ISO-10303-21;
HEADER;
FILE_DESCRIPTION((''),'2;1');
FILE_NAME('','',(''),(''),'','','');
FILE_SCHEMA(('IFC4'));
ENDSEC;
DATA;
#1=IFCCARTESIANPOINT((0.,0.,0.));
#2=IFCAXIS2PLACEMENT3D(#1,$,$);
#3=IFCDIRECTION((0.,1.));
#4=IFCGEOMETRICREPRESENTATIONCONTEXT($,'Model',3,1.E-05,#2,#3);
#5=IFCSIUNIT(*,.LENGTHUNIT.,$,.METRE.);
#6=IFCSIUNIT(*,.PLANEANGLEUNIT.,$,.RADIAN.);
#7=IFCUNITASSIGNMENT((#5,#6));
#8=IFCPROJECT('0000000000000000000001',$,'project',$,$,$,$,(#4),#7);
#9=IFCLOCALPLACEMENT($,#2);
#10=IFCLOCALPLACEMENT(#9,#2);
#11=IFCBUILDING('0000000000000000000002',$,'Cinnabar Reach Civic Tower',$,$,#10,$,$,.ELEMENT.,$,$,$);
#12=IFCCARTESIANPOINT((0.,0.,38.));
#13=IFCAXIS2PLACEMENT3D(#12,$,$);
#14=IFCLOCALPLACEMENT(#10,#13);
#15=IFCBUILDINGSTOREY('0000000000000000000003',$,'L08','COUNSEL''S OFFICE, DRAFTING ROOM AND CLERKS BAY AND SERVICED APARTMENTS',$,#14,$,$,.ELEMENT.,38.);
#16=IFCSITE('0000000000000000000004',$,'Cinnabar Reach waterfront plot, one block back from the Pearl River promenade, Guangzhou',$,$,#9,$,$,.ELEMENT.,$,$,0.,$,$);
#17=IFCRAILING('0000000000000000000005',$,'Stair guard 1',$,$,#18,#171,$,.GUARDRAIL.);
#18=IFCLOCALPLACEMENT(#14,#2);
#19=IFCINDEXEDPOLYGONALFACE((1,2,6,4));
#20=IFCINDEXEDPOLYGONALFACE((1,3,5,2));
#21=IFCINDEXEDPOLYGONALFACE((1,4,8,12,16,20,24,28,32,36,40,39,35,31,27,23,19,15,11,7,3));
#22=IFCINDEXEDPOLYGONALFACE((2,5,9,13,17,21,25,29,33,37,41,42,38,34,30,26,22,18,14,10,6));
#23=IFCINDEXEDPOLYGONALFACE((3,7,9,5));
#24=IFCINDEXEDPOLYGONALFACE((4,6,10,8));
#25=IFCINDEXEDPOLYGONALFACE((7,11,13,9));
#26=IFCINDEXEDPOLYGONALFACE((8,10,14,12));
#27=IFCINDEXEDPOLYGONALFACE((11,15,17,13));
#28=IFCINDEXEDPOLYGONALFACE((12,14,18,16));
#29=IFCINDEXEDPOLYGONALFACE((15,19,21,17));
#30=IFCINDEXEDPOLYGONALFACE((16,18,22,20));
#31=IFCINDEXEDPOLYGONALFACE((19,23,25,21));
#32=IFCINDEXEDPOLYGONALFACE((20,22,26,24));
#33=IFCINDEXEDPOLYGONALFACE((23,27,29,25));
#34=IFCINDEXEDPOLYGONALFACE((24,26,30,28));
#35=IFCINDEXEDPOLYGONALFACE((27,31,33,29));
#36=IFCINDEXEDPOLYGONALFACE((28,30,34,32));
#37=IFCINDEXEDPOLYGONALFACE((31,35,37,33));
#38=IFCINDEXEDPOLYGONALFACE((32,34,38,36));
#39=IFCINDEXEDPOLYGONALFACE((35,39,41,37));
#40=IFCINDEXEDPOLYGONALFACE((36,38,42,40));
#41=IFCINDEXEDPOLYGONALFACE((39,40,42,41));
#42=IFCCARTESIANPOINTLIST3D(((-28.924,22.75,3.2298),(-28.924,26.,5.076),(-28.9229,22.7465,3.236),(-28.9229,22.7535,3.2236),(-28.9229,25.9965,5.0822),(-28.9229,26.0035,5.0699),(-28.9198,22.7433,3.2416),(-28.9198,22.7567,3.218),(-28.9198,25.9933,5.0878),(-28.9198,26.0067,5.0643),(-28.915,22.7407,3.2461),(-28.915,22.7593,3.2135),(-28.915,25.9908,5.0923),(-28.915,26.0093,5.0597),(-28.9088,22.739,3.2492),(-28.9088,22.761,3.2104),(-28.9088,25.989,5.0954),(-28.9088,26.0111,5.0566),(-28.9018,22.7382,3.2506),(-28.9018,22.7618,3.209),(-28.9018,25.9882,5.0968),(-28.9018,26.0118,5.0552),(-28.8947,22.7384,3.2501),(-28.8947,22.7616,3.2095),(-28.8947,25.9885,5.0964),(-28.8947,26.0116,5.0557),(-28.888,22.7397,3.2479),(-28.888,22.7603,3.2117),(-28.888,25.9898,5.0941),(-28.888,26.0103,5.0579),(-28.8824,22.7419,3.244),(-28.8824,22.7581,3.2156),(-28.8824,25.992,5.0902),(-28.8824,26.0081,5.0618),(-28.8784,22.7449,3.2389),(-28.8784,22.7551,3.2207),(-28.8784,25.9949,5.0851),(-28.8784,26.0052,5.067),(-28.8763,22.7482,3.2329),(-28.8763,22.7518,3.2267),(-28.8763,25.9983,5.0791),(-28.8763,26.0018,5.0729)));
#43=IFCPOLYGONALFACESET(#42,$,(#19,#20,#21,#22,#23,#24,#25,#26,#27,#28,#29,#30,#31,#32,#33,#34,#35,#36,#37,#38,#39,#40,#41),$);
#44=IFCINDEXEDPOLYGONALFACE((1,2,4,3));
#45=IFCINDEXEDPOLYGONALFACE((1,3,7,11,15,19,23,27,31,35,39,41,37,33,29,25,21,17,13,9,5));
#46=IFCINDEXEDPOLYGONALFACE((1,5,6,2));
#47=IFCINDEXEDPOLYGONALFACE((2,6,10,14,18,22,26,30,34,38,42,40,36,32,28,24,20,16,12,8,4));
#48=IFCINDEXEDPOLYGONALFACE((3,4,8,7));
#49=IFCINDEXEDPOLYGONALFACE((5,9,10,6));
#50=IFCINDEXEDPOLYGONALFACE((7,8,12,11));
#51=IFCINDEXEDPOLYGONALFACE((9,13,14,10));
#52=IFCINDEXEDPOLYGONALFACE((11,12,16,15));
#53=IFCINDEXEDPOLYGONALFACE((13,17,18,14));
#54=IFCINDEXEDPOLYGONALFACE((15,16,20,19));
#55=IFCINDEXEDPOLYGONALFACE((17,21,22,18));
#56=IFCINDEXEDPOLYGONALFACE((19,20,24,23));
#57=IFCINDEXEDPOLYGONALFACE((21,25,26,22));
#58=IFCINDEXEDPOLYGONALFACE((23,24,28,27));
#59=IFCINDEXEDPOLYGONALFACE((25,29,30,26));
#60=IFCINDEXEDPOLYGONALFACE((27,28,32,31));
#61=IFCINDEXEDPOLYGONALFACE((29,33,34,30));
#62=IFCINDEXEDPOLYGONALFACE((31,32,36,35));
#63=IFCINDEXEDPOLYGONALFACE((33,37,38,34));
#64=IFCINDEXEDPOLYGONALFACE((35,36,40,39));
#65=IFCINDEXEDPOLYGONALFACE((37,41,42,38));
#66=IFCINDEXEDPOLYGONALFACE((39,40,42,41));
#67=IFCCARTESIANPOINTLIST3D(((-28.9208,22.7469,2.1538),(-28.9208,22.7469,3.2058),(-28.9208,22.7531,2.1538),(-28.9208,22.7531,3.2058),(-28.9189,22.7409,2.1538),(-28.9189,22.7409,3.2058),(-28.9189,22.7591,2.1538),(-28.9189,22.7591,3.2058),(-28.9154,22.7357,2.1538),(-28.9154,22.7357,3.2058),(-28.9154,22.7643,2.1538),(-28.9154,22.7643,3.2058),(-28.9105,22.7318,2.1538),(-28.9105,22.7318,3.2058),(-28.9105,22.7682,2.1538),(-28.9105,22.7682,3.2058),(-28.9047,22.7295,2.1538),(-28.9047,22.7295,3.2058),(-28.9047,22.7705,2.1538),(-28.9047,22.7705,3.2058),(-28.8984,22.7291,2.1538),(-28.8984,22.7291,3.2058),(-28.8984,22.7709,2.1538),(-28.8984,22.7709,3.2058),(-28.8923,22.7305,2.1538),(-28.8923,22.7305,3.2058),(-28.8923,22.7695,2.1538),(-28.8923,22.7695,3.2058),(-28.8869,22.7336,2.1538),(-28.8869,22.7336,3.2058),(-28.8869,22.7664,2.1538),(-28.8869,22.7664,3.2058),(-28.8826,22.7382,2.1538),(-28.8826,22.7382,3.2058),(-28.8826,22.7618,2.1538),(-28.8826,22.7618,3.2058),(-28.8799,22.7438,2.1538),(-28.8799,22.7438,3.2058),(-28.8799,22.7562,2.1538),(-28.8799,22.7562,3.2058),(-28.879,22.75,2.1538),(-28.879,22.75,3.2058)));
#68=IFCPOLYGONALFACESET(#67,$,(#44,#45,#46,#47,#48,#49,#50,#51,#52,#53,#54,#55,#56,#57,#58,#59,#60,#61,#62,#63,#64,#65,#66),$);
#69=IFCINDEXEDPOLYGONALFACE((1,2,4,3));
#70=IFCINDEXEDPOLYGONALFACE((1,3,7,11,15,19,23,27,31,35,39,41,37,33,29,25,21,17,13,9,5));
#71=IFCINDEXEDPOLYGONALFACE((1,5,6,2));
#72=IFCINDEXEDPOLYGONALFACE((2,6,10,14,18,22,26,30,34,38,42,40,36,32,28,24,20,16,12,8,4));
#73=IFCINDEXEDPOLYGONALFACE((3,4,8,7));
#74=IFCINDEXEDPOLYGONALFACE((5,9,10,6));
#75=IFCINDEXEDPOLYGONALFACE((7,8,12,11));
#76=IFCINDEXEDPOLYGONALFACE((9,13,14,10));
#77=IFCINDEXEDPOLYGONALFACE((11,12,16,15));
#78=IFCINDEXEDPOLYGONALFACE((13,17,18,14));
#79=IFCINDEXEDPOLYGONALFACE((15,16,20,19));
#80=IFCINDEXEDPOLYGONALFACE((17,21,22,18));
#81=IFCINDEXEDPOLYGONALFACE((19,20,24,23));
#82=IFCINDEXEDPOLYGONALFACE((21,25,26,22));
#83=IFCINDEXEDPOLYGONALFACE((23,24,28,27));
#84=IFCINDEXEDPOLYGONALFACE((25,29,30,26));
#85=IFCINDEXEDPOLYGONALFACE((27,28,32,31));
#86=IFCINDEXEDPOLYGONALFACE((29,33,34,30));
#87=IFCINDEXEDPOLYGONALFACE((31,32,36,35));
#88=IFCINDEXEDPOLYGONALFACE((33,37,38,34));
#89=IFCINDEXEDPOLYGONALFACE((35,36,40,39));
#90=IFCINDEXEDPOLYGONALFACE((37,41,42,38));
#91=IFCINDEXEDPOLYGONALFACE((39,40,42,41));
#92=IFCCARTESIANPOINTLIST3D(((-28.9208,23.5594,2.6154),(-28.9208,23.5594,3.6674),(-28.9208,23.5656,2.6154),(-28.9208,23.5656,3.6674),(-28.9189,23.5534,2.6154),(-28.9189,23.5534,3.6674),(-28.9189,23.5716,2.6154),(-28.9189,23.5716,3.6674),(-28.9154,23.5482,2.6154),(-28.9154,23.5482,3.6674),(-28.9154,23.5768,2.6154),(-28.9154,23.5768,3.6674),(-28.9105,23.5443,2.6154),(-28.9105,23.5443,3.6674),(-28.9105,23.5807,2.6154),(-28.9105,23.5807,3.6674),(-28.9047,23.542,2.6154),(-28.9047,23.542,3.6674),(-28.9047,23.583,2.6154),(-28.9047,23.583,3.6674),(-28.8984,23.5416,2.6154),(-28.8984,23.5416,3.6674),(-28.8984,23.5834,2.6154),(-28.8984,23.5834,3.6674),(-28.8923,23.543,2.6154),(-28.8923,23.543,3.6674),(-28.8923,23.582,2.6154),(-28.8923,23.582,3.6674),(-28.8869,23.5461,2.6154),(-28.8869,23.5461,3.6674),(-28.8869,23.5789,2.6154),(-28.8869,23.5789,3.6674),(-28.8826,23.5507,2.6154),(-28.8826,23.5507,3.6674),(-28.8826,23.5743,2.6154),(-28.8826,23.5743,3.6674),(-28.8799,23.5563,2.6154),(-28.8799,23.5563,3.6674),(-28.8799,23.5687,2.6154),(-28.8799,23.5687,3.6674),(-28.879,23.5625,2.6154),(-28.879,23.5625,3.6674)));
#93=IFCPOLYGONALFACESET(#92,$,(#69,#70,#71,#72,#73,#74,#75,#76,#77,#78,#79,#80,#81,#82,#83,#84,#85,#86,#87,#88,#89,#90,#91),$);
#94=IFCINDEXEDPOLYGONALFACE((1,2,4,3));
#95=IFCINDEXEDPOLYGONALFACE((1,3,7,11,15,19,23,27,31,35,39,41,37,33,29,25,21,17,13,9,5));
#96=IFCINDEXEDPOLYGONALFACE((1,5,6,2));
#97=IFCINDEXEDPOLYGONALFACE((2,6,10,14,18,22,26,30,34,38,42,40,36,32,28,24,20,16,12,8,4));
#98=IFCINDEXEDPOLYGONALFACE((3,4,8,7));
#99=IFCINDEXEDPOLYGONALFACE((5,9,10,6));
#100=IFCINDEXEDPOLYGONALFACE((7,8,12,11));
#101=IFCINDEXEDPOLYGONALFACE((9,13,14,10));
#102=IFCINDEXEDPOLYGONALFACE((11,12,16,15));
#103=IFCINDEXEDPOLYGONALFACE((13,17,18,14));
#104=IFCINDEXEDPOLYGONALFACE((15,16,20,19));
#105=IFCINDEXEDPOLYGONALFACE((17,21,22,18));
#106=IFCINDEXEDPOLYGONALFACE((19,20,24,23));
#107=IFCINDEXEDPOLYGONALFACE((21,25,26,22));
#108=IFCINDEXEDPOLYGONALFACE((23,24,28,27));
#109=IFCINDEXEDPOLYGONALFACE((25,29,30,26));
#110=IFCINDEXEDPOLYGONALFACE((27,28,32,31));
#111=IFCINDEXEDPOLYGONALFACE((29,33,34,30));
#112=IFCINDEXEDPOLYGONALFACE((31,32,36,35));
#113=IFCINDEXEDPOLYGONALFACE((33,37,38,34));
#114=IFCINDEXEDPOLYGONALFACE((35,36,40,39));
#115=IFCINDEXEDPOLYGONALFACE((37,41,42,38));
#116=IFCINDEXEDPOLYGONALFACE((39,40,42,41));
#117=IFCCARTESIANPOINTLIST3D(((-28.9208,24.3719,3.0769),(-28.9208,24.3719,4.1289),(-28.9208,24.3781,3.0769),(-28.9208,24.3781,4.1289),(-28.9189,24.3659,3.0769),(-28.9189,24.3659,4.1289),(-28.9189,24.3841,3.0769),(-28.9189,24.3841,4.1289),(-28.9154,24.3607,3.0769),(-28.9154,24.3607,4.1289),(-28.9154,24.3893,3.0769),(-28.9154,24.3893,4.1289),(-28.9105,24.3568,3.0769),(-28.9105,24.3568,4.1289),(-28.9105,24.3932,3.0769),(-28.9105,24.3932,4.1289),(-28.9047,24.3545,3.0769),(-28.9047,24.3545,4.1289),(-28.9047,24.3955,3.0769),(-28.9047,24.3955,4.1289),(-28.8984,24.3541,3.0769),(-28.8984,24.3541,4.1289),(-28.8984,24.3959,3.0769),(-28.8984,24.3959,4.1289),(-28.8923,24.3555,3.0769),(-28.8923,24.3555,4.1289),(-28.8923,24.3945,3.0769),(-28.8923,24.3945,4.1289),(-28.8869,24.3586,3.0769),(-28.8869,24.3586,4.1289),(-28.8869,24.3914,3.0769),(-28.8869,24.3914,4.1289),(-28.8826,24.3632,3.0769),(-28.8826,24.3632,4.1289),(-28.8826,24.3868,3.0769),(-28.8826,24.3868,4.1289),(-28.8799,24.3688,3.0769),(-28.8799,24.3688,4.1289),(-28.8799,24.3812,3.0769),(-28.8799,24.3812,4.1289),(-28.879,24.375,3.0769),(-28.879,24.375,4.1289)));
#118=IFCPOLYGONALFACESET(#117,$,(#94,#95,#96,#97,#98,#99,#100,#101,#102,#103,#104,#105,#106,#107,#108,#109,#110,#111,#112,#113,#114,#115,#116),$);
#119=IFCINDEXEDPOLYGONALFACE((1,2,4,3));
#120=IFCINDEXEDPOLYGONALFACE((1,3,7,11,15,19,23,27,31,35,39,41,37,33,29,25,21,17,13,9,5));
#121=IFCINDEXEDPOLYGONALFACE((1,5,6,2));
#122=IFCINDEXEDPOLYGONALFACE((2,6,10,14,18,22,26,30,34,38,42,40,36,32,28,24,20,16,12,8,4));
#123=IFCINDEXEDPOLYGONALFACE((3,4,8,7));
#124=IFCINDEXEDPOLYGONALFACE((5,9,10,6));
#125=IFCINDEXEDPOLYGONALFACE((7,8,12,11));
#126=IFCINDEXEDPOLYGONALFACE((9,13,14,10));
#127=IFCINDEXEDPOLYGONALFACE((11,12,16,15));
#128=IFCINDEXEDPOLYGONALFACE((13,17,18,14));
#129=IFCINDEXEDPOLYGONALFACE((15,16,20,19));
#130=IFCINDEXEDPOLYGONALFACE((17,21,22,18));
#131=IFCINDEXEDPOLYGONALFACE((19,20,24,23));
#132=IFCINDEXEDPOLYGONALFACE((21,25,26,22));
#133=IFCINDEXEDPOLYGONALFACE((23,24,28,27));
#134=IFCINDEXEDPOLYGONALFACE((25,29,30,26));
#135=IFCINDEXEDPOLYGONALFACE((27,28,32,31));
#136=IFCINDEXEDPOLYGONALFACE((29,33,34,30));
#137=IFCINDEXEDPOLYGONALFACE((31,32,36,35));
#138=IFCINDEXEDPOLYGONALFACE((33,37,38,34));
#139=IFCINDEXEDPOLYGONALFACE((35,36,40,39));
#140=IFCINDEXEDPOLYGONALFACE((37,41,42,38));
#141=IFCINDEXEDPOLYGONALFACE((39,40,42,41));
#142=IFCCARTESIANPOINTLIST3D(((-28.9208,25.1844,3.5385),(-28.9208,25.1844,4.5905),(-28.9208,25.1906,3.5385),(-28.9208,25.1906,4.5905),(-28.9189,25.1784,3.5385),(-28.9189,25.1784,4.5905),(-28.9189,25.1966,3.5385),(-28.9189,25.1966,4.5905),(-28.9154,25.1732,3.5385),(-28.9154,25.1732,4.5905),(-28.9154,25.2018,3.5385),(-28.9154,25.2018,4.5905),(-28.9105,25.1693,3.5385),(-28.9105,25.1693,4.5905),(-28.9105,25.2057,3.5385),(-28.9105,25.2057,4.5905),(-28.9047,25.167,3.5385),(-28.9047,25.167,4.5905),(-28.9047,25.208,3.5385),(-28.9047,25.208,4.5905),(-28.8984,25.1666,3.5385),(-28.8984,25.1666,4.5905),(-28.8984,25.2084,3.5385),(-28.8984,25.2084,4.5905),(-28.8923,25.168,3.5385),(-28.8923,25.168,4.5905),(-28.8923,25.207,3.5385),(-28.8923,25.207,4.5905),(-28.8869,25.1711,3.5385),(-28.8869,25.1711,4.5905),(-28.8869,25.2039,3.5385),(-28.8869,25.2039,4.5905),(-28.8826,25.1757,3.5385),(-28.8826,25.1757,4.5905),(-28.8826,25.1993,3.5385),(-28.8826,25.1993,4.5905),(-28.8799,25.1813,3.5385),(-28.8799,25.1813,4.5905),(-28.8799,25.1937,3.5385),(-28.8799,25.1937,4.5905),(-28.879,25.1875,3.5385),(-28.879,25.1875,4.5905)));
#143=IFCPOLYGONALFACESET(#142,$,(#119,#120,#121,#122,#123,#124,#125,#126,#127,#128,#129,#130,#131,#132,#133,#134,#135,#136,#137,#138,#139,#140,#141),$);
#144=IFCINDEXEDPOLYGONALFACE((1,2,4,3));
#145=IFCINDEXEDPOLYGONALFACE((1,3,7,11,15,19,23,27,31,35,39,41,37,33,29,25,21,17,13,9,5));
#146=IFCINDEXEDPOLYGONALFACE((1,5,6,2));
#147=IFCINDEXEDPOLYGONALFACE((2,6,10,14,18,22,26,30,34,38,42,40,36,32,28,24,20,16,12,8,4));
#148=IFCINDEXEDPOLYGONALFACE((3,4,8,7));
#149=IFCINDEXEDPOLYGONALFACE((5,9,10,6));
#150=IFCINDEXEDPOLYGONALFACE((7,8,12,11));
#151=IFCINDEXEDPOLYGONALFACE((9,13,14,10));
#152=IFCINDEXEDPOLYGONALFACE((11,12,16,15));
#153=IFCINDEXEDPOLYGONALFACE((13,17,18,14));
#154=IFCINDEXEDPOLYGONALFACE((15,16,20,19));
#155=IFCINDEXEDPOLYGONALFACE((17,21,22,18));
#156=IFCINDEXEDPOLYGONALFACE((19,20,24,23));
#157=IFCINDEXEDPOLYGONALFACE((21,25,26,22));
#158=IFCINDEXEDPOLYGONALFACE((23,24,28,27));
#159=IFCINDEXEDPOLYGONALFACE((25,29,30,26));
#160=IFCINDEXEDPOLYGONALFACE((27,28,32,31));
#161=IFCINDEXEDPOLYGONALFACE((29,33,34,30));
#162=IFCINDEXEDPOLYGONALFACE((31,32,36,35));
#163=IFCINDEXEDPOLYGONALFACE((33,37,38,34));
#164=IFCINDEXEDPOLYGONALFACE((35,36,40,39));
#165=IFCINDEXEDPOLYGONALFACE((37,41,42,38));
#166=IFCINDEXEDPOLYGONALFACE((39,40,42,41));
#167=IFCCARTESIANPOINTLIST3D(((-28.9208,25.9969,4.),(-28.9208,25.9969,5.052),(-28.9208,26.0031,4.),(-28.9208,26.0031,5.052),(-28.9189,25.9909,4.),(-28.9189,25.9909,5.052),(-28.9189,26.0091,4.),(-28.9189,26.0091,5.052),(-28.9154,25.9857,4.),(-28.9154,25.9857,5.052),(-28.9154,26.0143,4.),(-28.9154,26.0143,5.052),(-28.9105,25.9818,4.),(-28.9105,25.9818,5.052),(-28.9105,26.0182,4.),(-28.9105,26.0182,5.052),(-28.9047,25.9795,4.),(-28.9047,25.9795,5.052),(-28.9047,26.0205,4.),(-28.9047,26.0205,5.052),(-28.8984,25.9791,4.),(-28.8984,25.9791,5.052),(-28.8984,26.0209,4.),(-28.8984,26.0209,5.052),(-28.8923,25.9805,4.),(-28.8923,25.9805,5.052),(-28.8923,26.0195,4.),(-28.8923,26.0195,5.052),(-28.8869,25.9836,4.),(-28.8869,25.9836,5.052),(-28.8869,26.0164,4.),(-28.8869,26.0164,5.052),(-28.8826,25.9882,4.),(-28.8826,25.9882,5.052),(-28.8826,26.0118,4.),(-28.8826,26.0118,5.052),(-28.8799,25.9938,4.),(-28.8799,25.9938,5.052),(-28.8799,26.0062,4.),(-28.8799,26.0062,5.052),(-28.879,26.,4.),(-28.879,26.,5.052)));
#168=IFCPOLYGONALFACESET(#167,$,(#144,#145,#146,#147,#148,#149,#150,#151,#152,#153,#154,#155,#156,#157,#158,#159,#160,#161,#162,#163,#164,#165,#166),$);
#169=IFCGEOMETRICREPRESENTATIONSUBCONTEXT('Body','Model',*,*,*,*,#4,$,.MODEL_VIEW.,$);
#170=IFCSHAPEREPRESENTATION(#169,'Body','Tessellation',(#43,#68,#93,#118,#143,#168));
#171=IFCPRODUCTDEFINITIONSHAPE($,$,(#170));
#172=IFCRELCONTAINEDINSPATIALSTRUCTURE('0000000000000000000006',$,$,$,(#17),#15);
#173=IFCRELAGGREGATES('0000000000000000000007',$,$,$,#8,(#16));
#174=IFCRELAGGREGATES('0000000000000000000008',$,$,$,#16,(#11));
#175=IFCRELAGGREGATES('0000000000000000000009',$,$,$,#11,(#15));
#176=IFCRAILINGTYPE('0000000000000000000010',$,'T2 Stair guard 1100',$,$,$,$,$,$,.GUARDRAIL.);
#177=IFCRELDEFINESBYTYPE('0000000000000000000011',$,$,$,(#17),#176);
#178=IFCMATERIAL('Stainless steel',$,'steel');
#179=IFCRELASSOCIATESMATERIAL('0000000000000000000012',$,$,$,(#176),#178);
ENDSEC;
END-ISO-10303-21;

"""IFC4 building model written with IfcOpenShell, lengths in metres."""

from ifc_helpers import new_model, si_unit, direction, frame, origin, origin_2d, place, context, subcontext, project, spatial, circle, extrude, material, type_object, element, save


model = new_model("IFC4")

# Units and contexts
model_context = context("Model", 3, precision=1e-05, world=origin(), true_north=direction((0.0, 1.0)))
body_context = subcontext(model_context, "Body", "Model", "MODEL_VIEW")
ifc_project = project(units=[si_unit("LENGTHUNIT", "METRE"), si_unit("PLANEANGLEUNIT", "RADIAN")], contexts=[model_context])

# Site, building, storey
site_placement = place(None, origin())
site = spatial("IfcSite", under=ifc_project, at=site_placement, Name="Cinnabar Reach waterfront plot, one block back from the Pearl River promenade, Guangzhou", CompositionType="ELEMENT", RefElevation=0.0)
building_placement = place(site_placement, origin())
building = spatial("IfcBuilding", under=site, at=building_placement, Name="Cinnabar Reach Civic Tower", CompositionType="ELEMENT")
storey_placement = place(building_placement, frame((0.0, 0.0, 38.0)))
storey = spatial("IfcBuildingStorey", under=building, at=storey_placement, Name="L08", Description="COUNSEL'S OFFICE, DRAFTING ROOM AND CLERKS BAY AND SERVICED APARTMENTS", CompositionType="ELEMENT", Elevation=38.0)

# Railing
ifc_material_1 = material(Name="Stainless steel", Category="steel")
railing_type = type_object("IfcRailingType", Name="T2 Stair guard 1100", PredefinedType="GUARDRAIL", material=ifc_material_1)
railing_placement = place(storey_placement, frame((-28.9, 22.75, 2.1538)))
element("IfcRailing", 1, at=railing_placement, inside=storey, type_object=railing_type, Name="Stair guard 1", PredefinedType="GUARDRAIL", context=body_context, shape_type="SweptSolid", body=[
    extrude(circle(Radius=0.024, at=origin_2d()), frame((0.0, 0.0, 1.076), z_axis=(0.0, 0.869501, 0.49393), x_axis=(-1.0, 0.0, 0.0)), (0.0, 0.0, 1.0), 3.7378),
    extrude(circle(Radius=0.021, at=origin_2d()), origin(), (0.0, 0.0, 1.0), 1.052),
    extrude(circle(Radius=0.021, at=origin_2d()), frame((0.0, 0.8125, 0.4616)), (0.0, 0.0, 1.0), 1.052),
    extrude(circle(Radius=0.021, at=origin_2d()), frame((0.0, 1.625, 0.9231)), (0.0, 0.0, 1.0), 1.052),
    extrude(circle(Radius=0.021, at=origin_2d()), frame((0.0, 2.4375, 1.3847)), (0.0, 0.0, 1.0), 1.052),
    extrude(circle(Radius=0.021, at=origin_2d()), frame((0.0, 3.25, 1.8462)), (0.0, 0.0, 1.0), 1.052),
])

save(model, "model.ifc")
